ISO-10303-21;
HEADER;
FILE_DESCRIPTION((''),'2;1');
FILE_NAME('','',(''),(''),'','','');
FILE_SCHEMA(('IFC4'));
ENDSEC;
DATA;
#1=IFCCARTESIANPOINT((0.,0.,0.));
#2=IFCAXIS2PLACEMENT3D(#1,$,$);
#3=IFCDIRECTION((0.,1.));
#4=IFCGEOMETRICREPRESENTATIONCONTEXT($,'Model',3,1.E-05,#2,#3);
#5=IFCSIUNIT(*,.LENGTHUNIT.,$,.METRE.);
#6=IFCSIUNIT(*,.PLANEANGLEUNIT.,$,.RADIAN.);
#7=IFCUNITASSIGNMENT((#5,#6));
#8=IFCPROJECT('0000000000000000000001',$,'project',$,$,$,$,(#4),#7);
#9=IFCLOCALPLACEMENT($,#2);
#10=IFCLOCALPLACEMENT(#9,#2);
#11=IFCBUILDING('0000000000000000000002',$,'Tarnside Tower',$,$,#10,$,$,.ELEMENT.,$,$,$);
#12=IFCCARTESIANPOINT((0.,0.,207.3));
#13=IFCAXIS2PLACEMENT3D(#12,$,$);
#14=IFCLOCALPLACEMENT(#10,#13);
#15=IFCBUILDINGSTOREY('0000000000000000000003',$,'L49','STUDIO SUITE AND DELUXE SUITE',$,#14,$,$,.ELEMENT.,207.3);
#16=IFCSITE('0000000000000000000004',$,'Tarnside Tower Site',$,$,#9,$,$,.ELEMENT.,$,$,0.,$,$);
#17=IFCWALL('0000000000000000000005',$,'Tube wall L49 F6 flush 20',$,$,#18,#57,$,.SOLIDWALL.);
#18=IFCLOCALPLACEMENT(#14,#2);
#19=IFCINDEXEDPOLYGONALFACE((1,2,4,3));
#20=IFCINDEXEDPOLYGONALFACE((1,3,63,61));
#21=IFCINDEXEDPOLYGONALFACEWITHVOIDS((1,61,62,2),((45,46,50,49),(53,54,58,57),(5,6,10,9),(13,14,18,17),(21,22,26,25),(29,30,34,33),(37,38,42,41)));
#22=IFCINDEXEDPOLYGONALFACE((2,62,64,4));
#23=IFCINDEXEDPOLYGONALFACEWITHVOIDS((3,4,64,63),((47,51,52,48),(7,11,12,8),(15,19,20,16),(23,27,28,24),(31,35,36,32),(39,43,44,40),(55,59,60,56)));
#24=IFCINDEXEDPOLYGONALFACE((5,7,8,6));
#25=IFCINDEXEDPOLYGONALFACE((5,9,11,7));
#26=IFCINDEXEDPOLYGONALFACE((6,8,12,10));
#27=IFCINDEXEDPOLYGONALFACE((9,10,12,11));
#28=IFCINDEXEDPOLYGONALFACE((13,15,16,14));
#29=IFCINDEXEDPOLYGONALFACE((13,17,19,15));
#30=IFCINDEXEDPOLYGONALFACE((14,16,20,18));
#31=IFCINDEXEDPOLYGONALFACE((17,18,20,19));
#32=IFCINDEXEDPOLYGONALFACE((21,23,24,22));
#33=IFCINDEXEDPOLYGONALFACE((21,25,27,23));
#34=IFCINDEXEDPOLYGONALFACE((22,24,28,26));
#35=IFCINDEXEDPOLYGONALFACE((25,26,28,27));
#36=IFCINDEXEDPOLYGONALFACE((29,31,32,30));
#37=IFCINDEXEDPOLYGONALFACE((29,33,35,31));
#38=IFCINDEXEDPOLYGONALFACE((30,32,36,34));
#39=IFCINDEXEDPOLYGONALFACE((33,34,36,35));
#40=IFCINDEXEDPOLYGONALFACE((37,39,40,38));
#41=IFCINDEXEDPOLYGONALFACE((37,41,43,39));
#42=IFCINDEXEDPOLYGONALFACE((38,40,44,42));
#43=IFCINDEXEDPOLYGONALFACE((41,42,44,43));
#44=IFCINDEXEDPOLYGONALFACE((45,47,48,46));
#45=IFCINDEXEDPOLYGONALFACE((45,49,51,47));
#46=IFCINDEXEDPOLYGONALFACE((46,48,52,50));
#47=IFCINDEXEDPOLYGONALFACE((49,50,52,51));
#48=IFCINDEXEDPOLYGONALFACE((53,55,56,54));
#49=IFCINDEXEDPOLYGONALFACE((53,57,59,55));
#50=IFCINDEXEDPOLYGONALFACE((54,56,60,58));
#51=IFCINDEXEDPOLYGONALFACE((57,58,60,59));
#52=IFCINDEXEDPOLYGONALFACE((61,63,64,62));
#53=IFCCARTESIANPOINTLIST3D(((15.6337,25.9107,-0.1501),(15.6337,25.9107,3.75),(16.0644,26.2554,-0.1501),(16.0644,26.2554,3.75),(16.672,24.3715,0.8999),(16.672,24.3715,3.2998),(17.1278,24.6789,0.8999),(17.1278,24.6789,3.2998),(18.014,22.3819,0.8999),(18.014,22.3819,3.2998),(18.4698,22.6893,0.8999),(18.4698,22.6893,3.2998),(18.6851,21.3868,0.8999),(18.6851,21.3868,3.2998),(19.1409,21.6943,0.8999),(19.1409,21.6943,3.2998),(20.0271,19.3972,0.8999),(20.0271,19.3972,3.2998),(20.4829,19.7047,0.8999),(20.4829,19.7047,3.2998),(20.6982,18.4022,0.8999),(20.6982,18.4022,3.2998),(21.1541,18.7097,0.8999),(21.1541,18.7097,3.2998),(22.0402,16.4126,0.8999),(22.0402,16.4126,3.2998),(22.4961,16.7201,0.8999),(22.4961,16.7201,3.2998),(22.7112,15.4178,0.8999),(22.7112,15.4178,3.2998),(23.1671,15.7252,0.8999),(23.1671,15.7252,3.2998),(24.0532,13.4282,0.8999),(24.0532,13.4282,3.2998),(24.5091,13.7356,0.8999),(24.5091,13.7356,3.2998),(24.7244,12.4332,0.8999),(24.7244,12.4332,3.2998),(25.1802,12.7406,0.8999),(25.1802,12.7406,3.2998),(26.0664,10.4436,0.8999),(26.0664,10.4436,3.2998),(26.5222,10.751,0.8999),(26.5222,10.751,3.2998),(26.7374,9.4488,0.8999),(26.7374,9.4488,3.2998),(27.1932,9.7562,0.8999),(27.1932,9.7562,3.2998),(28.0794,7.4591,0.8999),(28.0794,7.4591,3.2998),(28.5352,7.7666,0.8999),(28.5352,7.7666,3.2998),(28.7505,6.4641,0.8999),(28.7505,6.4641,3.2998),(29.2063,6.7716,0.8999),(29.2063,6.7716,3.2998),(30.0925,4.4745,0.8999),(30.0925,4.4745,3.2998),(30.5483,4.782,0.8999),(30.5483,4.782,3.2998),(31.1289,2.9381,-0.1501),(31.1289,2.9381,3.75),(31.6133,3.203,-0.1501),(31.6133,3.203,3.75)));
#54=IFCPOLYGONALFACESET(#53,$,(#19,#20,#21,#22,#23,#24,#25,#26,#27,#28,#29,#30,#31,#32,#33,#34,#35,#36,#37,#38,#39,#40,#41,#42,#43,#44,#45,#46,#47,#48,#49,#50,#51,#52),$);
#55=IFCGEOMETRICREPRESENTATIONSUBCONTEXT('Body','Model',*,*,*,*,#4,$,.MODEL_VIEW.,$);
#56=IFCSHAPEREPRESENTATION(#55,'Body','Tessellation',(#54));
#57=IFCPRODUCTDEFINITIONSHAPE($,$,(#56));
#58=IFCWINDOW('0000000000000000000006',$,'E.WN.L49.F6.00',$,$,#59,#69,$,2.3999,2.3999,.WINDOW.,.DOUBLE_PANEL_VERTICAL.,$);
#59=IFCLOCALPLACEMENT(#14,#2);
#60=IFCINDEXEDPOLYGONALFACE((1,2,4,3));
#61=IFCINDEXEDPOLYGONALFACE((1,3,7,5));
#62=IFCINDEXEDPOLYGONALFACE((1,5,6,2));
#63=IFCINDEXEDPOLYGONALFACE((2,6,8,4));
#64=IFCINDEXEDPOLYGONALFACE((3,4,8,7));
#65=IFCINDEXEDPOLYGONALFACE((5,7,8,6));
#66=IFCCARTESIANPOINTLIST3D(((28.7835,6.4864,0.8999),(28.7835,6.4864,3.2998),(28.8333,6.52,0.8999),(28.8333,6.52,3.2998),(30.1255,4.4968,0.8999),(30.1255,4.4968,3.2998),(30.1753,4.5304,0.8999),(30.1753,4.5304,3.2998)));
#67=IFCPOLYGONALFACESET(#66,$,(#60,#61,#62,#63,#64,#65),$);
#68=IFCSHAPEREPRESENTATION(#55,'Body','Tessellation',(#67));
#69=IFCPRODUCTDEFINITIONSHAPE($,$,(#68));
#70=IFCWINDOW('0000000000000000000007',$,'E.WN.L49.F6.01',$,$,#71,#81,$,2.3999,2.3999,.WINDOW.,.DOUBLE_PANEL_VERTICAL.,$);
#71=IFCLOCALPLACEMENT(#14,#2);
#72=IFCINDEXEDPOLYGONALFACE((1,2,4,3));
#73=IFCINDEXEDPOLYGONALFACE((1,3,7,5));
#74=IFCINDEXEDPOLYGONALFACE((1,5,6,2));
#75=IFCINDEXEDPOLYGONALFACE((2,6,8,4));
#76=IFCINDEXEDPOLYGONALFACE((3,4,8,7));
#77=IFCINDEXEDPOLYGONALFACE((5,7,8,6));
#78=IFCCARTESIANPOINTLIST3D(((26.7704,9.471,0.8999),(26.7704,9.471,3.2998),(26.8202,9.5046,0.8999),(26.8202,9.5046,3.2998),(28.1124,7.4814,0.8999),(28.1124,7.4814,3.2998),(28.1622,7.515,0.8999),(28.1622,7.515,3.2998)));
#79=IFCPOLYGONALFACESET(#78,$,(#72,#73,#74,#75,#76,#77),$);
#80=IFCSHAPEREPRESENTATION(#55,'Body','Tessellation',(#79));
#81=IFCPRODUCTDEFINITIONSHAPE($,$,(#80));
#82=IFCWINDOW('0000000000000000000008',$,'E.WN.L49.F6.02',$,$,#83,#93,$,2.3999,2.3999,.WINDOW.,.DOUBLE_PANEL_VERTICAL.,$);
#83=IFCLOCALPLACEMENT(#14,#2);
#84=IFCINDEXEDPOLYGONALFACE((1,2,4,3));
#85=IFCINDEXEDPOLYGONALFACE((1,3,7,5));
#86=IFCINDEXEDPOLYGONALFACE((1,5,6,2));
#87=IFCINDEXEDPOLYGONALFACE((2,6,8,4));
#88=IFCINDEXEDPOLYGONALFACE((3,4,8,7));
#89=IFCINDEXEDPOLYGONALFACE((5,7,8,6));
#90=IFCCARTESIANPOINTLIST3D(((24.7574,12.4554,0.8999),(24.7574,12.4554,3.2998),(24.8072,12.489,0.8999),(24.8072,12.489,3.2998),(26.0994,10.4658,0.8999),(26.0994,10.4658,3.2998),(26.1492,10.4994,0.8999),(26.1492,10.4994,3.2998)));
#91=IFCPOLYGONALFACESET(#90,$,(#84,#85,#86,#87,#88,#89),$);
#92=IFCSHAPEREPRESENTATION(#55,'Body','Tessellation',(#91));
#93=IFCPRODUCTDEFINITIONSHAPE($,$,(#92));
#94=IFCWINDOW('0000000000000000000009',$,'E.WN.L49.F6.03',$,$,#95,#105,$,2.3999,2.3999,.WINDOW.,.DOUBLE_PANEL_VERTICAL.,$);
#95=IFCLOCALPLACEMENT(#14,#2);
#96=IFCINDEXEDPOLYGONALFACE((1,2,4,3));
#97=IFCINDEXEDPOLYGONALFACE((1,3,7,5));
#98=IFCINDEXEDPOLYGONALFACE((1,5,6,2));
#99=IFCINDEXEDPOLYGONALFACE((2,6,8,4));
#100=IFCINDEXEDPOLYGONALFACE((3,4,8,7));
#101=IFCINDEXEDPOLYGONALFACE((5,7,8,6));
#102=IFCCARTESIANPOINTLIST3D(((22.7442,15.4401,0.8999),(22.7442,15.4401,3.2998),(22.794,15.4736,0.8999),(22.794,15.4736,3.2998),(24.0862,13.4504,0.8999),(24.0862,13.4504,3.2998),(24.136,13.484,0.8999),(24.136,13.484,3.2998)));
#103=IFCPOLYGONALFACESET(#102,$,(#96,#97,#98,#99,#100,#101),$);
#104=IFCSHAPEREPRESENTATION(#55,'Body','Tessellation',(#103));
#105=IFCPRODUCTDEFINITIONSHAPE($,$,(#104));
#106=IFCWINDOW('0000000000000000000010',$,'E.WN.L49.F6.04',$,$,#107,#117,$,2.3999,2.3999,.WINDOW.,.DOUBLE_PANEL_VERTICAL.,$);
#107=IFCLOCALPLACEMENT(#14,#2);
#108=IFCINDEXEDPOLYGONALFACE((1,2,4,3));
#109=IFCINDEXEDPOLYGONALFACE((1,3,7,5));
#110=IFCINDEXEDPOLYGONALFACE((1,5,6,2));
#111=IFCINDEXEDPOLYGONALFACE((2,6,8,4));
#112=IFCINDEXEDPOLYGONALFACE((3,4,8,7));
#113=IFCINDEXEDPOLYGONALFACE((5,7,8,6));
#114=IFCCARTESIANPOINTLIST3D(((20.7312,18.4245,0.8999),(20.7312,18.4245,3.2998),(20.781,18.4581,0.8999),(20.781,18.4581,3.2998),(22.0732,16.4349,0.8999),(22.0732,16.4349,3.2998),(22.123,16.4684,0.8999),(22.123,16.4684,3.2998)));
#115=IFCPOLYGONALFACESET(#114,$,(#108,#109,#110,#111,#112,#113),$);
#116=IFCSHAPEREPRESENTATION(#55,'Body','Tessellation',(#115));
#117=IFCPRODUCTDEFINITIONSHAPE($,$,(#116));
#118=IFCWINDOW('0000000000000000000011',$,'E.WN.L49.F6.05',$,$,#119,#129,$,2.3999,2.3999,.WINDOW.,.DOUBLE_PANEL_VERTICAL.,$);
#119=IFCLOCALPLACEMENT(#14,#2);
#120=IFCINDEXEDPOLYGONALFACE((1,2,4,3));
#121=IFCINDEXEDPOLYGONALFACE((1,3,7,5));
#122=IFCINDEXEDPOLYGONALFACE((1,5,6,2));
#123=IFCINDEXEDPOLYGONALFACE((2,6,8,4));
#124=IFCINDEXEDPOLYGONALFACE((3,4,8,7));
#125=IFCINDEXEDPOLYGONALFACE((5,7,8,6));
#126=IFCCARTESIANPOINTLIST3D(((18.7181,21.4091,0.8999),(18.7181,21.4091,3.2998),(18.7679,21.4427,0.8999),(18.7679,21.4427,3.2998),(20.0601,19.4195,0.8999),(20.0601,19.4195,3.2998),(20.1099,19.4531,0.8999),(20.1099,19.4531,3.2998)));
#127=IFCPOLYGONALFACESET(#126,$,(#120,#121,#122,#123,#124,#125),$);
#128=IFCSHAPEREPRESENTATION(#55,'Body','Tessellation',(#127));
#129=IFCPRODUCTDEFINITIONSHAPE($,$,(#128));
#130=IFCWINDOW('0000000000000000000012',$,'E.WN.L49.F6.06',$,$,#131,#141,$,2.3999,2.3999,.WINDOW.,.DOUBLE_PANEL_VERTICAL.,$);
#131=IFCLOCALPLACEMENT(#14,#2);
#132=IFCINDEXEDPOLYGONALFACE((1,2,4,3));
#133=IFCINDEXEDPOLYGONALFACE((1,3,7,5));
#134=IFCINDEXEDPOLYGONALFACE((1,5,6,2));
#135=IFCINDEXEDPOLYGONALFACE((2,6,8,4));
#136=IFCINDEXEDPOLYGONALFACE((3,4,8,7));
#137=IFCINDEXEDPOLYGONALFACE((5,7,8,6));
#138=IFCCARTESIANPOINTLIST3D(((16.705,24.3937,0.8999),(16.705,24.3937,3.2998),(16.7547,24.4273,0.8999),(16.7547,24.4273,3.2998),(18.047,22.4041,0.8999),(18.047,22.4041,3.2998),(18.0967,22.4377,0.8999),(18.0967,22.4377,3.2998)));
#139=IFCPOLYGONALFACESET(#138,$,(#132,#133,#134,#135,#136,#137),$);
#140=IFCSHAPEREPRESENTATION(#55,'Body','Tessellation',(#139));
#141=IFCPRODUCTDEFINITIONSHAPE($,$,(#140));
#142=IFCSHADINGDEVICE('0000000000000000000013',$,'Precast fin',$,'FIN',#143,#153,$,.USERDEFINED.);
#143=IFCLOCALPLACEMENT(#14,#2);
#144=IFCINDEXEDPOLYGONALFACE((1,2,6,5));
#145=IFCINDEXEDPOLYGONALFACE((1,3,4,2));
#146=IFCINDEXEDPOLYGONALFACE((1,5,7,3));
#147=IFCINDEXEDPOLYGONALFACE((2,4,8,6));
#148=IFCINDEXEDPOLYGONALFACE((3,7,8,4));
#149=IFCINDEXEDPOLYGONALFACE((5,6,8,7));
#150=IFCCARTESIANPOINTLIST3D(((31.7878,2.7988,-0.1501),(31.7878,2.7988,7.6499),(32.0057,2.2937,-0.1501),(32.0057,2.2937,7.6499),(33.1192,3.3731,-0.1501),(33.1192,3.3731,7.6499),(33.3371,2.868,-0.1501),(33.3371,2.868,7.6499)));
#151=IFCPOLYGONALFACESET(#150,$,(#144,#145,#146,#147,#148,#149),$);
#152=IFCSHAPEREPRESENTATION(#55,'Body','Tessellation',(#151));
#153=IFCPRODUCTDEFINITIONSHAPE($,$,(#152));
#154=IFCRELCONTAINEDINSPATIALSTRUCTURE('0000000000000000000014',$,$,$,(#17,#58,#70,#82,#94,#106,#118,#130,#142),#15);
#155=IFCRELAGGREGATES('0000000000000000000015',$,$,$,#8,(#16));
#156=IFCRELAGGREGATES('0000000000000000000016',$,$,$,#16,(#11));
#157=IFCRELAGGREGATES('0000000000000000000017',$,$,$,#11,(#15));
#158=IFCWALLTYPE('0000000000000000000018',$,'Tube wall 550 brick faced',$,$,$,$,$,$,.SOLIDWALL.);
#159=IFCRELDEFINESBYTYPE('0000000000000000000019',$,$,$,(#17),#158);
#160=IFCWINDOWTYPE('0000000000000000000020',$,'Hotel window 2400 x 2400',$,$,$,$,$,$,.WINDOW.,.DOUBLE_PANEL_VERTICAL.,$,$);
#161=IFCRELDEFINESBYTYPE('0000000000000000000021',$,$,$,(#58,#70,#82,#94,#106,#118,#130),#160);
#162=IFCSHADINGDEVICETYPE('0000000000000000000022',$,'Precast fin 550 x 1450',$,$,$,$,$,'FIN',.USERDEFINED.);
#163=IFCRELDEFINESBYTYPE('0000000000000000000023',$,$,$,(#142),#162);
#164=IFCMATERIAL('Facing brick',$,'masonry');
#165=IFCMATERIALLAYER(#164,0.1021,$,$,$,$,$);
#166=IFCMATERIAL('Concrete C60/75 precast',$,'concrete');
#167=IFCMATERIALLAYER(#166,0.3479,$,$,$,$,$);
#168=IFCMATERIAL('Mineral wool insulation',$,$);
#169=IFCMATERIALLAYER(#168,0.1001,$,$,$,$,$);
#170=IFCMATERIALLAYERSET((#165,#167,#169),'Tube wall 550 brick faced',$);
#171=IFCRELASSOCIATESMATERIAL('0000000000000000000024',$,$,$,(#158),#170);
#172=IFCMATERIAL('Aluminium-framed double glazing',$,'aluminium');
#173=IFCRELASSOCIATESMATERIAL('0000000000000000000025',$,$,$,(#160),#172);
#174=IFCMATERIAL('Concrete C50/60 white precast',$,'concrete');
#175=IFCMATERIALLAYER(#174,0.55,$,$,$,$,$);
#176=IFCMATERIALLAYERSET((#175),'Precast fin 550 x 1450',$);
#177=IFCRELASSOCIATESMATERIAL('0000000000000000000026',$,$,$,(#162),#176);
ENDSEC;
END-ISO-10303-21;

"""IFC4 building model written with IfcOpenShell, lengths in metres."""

from ifc_helpers import new_model, si_unit, direction, frame, frame_2d, origin, place, context, subcontext, project, spatial, polyline, rectangle, outline, extrude, material, layer, layer_set, type_object, element, fill, save


model = new_model("IFC4")

# Units and contexts
model_context = context("Model", 3, precision=1e-05, world=origin(), true_north=direction((0.0, 1.0)))
body_context = subcontext(model_context, "Body", "Model", "MODEL_VIEW")
ifc_project = project(units=[si_unit("LENGTHUNIT", "METRE"), si_unit("PLANEANGLEUNIT", "RADIAN")], contexts=[model_context])

# Site, building, storey
site_placement = place(None, origin())
site = spatial("IfcSite", under=ifc_project, at=site_placement, Name="Tarnside Tower Site", CompositionType="ELEMENT", RefElevation=0.0)
building_placement = place(site_placement, origin())
building = spatial("IfcBuilding", under=site, at=building_placement, Name="Tarnside Tower", CompositionType="ELEMENT")
storey_placement = place(building_placement, frame((0.0, 0.0, 207.3)))
storey = spatial("IfcBuildingStorey", under=building, at=storey_placement, Name="L49", Description="STUDIO SUITE AND DELUXE SUITE", CompositionType="ELEMENT", Elevation=207.3)

# Shared definitions
ifc_material_1 = material(Name="Facing brick", Category="masonry")
ifc_layer_1 = layer(ifc_material_1, 0.1021)
ifc_material_2 = material(Name="Concrete C60/75 precast", Category="concrete")
ifc_layer_2 = layer(ifc_material_2, 0.3479)
ifc_material_3 = material(Name="Mineral wool insulation")
ifc_layer_3 = layer(ifc_material_3, 0.1001)
ifc_layer_set_1 = layer_set([ifc_layer_1, ifc_layer_2, ifc_layer_3], Name="Tube wall 550 brick faced")
wall_type = type_object("IfcWallType", Name="Tube wall 550 brick faced", PredefinedType="SOLIDWALL", material=ifc_layer_set_1)

# Wall, openings, windows
wall_1_placement = place(storey_placement, frame((31.3711, 3.0706, -0.1501), z_axis=(0.0, 0.0, 1.0), x_axis=(-0.55919, 0.82904, 0.0)))
wall_1 = element("IfcWall", 1, at=wall_1_placement, inside=storey, type_object=wall_type, Name="Tube wall L49 F6 flush 20", PredefinedType="SOLIDWALL", context=body_context, shape_type="SweptSolid", body=[
    extrude(outline(polyline([(-0.0256, -0.2749), (27.7805, -0.2749), (27.7356, 0.2749), (0.0256, 0.2749), (-0.0256, -0.2749)])), origin(), (0.0, 0.0, 1.0), 3.9001),
])
opening_1_placement = place(wall_1_placement, frame((1.8789, 0.0, 1.05)))
opening_1 = element("IfcOpeningElement", 2, at=opening_1_placement, cuts=wall_1, PredefinedType="OPENING", context=body_context, shape_type="SweptSolid", body=[
    extrude(rectangle(XDim=2.3999, YDim=2.3999, at=frame_2d((1.2, 1.2))), frame((0.0, 0.2852, 0.0), z_axis=(0.0, -1.0, 0.0), x_axis=(1.0, 0.0, 0.0)), (0.0, 0.0, 1.0), 0.5701),
])
opening_2_placement = place(wall_1_placement, frame((5.479, 0.0, 1.05)))
opening_2 = element("IfcOpeningElement", 3, at=opening_2_placement, cuts=wall_1, PredefinedType="OPENING", context=body_context, shape_type="SweptSolid", body=[
    extrude(rectangle(XDim=2.3999, YDim=2.3999, at=frame_2d((1.2, 1.2))), frame((0.0, 0.2852, 0.0), z_axis=(0.0, -1.0, 0.0), x_axis=(1.0, 0.0, 0.0)), (0.0, 0.0, 1.0), 0.5701),
])
opening_3_placement = place(wall_1_placement, frame((9.0789, 0.0, 1.05)))
opening_3 = element("IfcOpeningElement", 4, at=opening_3_placement, cuts=wall_1, PredefinedType="OPENING", context=body_context, shape_type="SweptSolid", body=[
    extrude(rectangle(XDim=2.3999, YDim=2.3999, at=frame_2d((1.2, 1.2))), frame((0.0, 0.2852, 0.0), z_axis=(0.0, -1.0, 0.0), x_axis=(1.0, 0.0, 0.0)), (0.0, 0.0, 1.0), 0.5701),
])
opening_4_placement = place(wall_1_placement, frame((12.679, 0.0, 1.05)))
opening_4 = element("IfcOpeningElement", 5, at=opening_4_placement, cuts=wall_1, PredefinedType="OPENING", context=body_context, shape_type="SweptSolid", body=[
    extrude(rectangle(XDim=2.3999, YDim=2.3999, at=frame_2d((1.2, 1.2))), frame((0.0, 0.2852, 0.0), z_axis=(0.0, -1.0, 0.0), x_axis=(1.0, 0.0, 0.0)), (0.0, 0.0, 1.0), 0.5701),
])
opening_5_placement = place(wall_1_placement, frame((16.2788, 0.0, 1.05)))
opening_5 = element("IfcOpeningElement", 6, at=opening_5_placement, cuts=wall_1, PredefinedType="OPENING", context=body_context, shape_type="SweptSolid", body=[
    extrude(rectangle(XDim=2.3999, YDim=2.3999, at=frame_2d((1.2, 1.2))), frame((0.0, 0.2852, 0.0), z_axis=(0.0, -1.0, 0.0), x_axis=(1.0, 0.0, 0.0)), (0.0, 0.0, 1.0), 0.5701),
])
opening_6_placement = place(wall_1_placement, frame((19.8789, 0.0, 1.05)))
opening_6 = element("IfcOpeningElement", 7, at=opening_6_placement, cuts=wall_1, PredefinedType="OPENING", context=body_context, shape_type="SweptSolid", body=[
    extrude(rectangle(XDim=2.3999, YDim=2.3999, at=frame_2d((1.2, 1.2))), frame((0.0, 0.2852, 0.0), z_axis=(0.0, -1.0, 0.0), x_axis=(1.0, 0.0, 0.0)), (0.0, 0.0, 1.0), 0.5701),
])
opening_7_placement = place(wall_1_placement, frame((23.479, 0.0, 1.05)))
opening_7 = element("IfcOpeningElement", 8, at=opening_7_placement, cuts=wall_1, PredefinedType="OPENING", context=body_context, shape_type="SweptSolid", body=[
    extrude(rectangle(XDim=2.3999, YDim=2.3999, at=frame_2d((1.2, 1.2))), frame((0.0, 0.2852, 0.0), z_axis=(0.0, -1.0, 0.0), x_axis=(1.0, 0.0, 0.0)), (0.0, 0.0, 1.0), 0.5701),
])
ifc_material_4 = material(Name="Aluminium-framed double glazing", Category="aluminium")
window_type = type_object("IfcWindowType", Name="Hotel window 2400 x 2400", PartitioningType="DOUBLE_PANEL_VERTICAL", PredefinedType="WINDOW", material=ifc_material_4)
window_1_placement = place(opening_1_placement, frame((0.0, 0.2051, 0.0)))
window_1 = element("IfcWindow", 9, at=window_1_placement, inside=storey, type_object=window_type, Name="E.WN.L49.F6.00", OverallHeight=2.3999, OverallWidth=2.3999, PartitioningType="DOUBLE_PANEL_VERTICAL", PredefinedType="WINDOW", context=body_context, shape_type="SweptSolid", body=[
    extrude(rectangle(XDim=2.3999, YDim=2.3999, at=frame_2d((1.2, 1.2))), frame((0.0, 0.03, 0.0), z_axis=(0.0, -1.0, 0.0), x_axis=(1.0, 0.0, 0.0)), (0.0, 0.0, 1.0), 0.0601),
])
fill(opening_1, window_1)
window_2_placement = place(opening_2_placement, frame((0.0, 0.2051, 0.0)))
window_2 = element("IfcWindow", 10, at=window_2_placement, inside=storey, type_object=window_type, Name="E.WN.L49.F6.01", OverallHeight=2.3999, OverallWidth=2.3999, PartitioningType="DOUBLE_PANEL_VERTICAL", PredefinedType="WINDOW", context=body_context, shape_type="SweptSolid", body=[
    extrude(rectangle(XDim=2.3999, YDim=2.3999, at=frame_2d((1.2, 1.2))), frame((0.0, 0.03, 0.0), z_axis=(0.0, -1.0, 0.0), x_axis=(1.0, 0.0, 0.0)), (0.0, 0.0, 1.0), 0.0601),
])
fill(opening_2, window_2)
window_3_placement = place(opening_3_placement, frame((0.0, 0.2051, 0.0)))
window_3 = element("IfcWindow", 11, at=window_3_placement, inside=storey, type_object=window_type, Name="E.WN.L49.F6.02", OverallHeight=2.3999, OverallWidth=2.3999, PartitioningType="DOUBLE_PANEL_VERTICAL", PredefinedType="WINDOW", context=body_context, shape_type="SweptSolid", body=[
    extrude(rectangle(XDim=2.3999, YDim=2.3999, at=frame_2d((1.2, 1.2))), frame((0.0, 0.03, 0.0), z_axis=(0.0, -1.0, 0.0), x_axis=(1.0, 0.0, 0.0)), (0.0, 0.0, 1.0), 0.0601),
])
fill(opening_3, window_3)
window_4_placement = place(opening_4_placement, frame((0.0, 0.2051, 0.0)))
window_4 = element("IfcWindow", 12, at=window_4_placement, inside=storey, type_object=window_type, Name="E.WN.L49.F6.03", OverallHeight=2.3999, OverallWidth=2.3999, PartitioningType="DOUBLE_PANEL_VERTICAL", PredefinedType="WINDOW", context=body_context, shape_type="SweptSolid", body=[
    extrude(rectangle(XDim=2.3999, YDim=2.3999, at=frame_2d((1.2, 1.2))), frame((0.0, 0.03, 0.0), z_axis=(0.0, -1.0, 0.0), x_axis=(1.0, 0.0, 0.0)), (0.0, 0.0, 1.0), 0.0601),
])
fill(opening_4, window_4)
window_5_placement = place(opening_5_placement, frame((0.0, 0.2051, 0.0)))
window_5 = element("IfcWindow", 13, at=window_5_placement, inside=storey, type_object=window_type, Name="E.WN.L49.F6.04", OverallHeight=2.3999, OverallWidth=2.3999, PartitioningType="DOUBLE_PANEL_VERTICAL", PredefinedType="WINDOW", context=body_context, shape_type="SweptSolid", body=[
    extrude(rectangle(XDim=2.3999, YDim=2.3999, at=frame_2d((1.2, 1.2))), frame((0.0, 0.03, 0.0), z_axis=(0.0, -1.0, 0.0), x_axis=(1.0, 0.0, 0.0)), (0.0, 0.0, 1.0), 0.0601),
])
fill(opening_5, window_5)
window_6_placement = place(opening_6_placement, frame((0.0, 0.2051, 0.0)))
window_6 = element("IfcWindow", 14, at=window_6_placement, inside=storey, type_object=window_type, Name="E.WN.L49.F6.05", OverallHeight=2.3999, OverallWidth=2.3999, PartitioningType="DOUBLE_PANEL_VERTICAL", PredefinedType="WINDOW", context=body_context, shape_type="SweptSolid", body=[
    extrude(rectangle(XDim=2.3999, YDim=2.3999, at=frame_2d((1.2, 1.2))), frame((0.0, 0.03, 0.0), z_axis=(0.0, -1.0, 0.0), x_axis=(1.0, 0.0, 0.0)), (0.0, 0.0, 1.0), 0.0601),
])
fill(opening_6, window_6)
window_7_placement = place(opening_7_placement, frame((0.0, 0.2051, 0.0)))
window_7 = element("IfcWindow", 15, at=window_7_placement, inside=storey, type_object=window_type, Name="E.WN.L49.F6.06", OverallHeight=2.3999, OverallWidth=2.3999, PartitioningType="DOUBLE_PANEL_VERTICAL", PredefinedType="WINDOW", context=body_context, shape_type="SweptSolid", body=[
    extrude(rectangle(XDim=2.3999, YDim=2.3999, at=frame_2d((1.2, 1.2))), frame((0.0, 0.03, 0.0), z_axis=(0.0, -1.0, 0.0), x_axis=(1.0, 0.0, 0.0)), (0.0, 0.0, 1.0), 0.0601),
])
fill(opening_7, window_7)

# Shading device
ifc_material_5 = material(Name="Concrete C50/60 white precast", Category="concrete")
ifc_layer_4 = layer(ifc_material_5, 0.55)
ifc_layer_set_2 = layer_set([ifc_layer_4], Name="Precast fin 550 x 1450")
shading_device_type_1 = type_object("IfcShadingDeviceType", Name="Precast fin 550 x 1450", ElementType="FIN", PredefinedType="USERDEFINED", material=ifc_layer_set_2)
shading_device_placement = place(storey_placement, frame((31.8967, 2.5464, -0.1501), z_axis=(0.39608, -0.918216, 0.0), x_axis=(0.918216, 0.39608, 0.0)))
element("IfcShadingDevice", 16, at=shading_device_placement, inside=storey, type_object=shading_device_type_1, Name="Precast fin", ObjectType="FIN", PredefinedType="USERDEFINED", context=body_context, shape_type="SweptSolid", body=[
    extrude(outline(polyline([(0.0, 0.0), (1.45, 0.0), (1.45, 7.8), (0.0, 7.8), (0.0, 0.0)])), frame((0.0, 0.0, -0.2749)), (0.0, 0.0, 1.0), 0.55),
])

save(model, "model.ifc")
